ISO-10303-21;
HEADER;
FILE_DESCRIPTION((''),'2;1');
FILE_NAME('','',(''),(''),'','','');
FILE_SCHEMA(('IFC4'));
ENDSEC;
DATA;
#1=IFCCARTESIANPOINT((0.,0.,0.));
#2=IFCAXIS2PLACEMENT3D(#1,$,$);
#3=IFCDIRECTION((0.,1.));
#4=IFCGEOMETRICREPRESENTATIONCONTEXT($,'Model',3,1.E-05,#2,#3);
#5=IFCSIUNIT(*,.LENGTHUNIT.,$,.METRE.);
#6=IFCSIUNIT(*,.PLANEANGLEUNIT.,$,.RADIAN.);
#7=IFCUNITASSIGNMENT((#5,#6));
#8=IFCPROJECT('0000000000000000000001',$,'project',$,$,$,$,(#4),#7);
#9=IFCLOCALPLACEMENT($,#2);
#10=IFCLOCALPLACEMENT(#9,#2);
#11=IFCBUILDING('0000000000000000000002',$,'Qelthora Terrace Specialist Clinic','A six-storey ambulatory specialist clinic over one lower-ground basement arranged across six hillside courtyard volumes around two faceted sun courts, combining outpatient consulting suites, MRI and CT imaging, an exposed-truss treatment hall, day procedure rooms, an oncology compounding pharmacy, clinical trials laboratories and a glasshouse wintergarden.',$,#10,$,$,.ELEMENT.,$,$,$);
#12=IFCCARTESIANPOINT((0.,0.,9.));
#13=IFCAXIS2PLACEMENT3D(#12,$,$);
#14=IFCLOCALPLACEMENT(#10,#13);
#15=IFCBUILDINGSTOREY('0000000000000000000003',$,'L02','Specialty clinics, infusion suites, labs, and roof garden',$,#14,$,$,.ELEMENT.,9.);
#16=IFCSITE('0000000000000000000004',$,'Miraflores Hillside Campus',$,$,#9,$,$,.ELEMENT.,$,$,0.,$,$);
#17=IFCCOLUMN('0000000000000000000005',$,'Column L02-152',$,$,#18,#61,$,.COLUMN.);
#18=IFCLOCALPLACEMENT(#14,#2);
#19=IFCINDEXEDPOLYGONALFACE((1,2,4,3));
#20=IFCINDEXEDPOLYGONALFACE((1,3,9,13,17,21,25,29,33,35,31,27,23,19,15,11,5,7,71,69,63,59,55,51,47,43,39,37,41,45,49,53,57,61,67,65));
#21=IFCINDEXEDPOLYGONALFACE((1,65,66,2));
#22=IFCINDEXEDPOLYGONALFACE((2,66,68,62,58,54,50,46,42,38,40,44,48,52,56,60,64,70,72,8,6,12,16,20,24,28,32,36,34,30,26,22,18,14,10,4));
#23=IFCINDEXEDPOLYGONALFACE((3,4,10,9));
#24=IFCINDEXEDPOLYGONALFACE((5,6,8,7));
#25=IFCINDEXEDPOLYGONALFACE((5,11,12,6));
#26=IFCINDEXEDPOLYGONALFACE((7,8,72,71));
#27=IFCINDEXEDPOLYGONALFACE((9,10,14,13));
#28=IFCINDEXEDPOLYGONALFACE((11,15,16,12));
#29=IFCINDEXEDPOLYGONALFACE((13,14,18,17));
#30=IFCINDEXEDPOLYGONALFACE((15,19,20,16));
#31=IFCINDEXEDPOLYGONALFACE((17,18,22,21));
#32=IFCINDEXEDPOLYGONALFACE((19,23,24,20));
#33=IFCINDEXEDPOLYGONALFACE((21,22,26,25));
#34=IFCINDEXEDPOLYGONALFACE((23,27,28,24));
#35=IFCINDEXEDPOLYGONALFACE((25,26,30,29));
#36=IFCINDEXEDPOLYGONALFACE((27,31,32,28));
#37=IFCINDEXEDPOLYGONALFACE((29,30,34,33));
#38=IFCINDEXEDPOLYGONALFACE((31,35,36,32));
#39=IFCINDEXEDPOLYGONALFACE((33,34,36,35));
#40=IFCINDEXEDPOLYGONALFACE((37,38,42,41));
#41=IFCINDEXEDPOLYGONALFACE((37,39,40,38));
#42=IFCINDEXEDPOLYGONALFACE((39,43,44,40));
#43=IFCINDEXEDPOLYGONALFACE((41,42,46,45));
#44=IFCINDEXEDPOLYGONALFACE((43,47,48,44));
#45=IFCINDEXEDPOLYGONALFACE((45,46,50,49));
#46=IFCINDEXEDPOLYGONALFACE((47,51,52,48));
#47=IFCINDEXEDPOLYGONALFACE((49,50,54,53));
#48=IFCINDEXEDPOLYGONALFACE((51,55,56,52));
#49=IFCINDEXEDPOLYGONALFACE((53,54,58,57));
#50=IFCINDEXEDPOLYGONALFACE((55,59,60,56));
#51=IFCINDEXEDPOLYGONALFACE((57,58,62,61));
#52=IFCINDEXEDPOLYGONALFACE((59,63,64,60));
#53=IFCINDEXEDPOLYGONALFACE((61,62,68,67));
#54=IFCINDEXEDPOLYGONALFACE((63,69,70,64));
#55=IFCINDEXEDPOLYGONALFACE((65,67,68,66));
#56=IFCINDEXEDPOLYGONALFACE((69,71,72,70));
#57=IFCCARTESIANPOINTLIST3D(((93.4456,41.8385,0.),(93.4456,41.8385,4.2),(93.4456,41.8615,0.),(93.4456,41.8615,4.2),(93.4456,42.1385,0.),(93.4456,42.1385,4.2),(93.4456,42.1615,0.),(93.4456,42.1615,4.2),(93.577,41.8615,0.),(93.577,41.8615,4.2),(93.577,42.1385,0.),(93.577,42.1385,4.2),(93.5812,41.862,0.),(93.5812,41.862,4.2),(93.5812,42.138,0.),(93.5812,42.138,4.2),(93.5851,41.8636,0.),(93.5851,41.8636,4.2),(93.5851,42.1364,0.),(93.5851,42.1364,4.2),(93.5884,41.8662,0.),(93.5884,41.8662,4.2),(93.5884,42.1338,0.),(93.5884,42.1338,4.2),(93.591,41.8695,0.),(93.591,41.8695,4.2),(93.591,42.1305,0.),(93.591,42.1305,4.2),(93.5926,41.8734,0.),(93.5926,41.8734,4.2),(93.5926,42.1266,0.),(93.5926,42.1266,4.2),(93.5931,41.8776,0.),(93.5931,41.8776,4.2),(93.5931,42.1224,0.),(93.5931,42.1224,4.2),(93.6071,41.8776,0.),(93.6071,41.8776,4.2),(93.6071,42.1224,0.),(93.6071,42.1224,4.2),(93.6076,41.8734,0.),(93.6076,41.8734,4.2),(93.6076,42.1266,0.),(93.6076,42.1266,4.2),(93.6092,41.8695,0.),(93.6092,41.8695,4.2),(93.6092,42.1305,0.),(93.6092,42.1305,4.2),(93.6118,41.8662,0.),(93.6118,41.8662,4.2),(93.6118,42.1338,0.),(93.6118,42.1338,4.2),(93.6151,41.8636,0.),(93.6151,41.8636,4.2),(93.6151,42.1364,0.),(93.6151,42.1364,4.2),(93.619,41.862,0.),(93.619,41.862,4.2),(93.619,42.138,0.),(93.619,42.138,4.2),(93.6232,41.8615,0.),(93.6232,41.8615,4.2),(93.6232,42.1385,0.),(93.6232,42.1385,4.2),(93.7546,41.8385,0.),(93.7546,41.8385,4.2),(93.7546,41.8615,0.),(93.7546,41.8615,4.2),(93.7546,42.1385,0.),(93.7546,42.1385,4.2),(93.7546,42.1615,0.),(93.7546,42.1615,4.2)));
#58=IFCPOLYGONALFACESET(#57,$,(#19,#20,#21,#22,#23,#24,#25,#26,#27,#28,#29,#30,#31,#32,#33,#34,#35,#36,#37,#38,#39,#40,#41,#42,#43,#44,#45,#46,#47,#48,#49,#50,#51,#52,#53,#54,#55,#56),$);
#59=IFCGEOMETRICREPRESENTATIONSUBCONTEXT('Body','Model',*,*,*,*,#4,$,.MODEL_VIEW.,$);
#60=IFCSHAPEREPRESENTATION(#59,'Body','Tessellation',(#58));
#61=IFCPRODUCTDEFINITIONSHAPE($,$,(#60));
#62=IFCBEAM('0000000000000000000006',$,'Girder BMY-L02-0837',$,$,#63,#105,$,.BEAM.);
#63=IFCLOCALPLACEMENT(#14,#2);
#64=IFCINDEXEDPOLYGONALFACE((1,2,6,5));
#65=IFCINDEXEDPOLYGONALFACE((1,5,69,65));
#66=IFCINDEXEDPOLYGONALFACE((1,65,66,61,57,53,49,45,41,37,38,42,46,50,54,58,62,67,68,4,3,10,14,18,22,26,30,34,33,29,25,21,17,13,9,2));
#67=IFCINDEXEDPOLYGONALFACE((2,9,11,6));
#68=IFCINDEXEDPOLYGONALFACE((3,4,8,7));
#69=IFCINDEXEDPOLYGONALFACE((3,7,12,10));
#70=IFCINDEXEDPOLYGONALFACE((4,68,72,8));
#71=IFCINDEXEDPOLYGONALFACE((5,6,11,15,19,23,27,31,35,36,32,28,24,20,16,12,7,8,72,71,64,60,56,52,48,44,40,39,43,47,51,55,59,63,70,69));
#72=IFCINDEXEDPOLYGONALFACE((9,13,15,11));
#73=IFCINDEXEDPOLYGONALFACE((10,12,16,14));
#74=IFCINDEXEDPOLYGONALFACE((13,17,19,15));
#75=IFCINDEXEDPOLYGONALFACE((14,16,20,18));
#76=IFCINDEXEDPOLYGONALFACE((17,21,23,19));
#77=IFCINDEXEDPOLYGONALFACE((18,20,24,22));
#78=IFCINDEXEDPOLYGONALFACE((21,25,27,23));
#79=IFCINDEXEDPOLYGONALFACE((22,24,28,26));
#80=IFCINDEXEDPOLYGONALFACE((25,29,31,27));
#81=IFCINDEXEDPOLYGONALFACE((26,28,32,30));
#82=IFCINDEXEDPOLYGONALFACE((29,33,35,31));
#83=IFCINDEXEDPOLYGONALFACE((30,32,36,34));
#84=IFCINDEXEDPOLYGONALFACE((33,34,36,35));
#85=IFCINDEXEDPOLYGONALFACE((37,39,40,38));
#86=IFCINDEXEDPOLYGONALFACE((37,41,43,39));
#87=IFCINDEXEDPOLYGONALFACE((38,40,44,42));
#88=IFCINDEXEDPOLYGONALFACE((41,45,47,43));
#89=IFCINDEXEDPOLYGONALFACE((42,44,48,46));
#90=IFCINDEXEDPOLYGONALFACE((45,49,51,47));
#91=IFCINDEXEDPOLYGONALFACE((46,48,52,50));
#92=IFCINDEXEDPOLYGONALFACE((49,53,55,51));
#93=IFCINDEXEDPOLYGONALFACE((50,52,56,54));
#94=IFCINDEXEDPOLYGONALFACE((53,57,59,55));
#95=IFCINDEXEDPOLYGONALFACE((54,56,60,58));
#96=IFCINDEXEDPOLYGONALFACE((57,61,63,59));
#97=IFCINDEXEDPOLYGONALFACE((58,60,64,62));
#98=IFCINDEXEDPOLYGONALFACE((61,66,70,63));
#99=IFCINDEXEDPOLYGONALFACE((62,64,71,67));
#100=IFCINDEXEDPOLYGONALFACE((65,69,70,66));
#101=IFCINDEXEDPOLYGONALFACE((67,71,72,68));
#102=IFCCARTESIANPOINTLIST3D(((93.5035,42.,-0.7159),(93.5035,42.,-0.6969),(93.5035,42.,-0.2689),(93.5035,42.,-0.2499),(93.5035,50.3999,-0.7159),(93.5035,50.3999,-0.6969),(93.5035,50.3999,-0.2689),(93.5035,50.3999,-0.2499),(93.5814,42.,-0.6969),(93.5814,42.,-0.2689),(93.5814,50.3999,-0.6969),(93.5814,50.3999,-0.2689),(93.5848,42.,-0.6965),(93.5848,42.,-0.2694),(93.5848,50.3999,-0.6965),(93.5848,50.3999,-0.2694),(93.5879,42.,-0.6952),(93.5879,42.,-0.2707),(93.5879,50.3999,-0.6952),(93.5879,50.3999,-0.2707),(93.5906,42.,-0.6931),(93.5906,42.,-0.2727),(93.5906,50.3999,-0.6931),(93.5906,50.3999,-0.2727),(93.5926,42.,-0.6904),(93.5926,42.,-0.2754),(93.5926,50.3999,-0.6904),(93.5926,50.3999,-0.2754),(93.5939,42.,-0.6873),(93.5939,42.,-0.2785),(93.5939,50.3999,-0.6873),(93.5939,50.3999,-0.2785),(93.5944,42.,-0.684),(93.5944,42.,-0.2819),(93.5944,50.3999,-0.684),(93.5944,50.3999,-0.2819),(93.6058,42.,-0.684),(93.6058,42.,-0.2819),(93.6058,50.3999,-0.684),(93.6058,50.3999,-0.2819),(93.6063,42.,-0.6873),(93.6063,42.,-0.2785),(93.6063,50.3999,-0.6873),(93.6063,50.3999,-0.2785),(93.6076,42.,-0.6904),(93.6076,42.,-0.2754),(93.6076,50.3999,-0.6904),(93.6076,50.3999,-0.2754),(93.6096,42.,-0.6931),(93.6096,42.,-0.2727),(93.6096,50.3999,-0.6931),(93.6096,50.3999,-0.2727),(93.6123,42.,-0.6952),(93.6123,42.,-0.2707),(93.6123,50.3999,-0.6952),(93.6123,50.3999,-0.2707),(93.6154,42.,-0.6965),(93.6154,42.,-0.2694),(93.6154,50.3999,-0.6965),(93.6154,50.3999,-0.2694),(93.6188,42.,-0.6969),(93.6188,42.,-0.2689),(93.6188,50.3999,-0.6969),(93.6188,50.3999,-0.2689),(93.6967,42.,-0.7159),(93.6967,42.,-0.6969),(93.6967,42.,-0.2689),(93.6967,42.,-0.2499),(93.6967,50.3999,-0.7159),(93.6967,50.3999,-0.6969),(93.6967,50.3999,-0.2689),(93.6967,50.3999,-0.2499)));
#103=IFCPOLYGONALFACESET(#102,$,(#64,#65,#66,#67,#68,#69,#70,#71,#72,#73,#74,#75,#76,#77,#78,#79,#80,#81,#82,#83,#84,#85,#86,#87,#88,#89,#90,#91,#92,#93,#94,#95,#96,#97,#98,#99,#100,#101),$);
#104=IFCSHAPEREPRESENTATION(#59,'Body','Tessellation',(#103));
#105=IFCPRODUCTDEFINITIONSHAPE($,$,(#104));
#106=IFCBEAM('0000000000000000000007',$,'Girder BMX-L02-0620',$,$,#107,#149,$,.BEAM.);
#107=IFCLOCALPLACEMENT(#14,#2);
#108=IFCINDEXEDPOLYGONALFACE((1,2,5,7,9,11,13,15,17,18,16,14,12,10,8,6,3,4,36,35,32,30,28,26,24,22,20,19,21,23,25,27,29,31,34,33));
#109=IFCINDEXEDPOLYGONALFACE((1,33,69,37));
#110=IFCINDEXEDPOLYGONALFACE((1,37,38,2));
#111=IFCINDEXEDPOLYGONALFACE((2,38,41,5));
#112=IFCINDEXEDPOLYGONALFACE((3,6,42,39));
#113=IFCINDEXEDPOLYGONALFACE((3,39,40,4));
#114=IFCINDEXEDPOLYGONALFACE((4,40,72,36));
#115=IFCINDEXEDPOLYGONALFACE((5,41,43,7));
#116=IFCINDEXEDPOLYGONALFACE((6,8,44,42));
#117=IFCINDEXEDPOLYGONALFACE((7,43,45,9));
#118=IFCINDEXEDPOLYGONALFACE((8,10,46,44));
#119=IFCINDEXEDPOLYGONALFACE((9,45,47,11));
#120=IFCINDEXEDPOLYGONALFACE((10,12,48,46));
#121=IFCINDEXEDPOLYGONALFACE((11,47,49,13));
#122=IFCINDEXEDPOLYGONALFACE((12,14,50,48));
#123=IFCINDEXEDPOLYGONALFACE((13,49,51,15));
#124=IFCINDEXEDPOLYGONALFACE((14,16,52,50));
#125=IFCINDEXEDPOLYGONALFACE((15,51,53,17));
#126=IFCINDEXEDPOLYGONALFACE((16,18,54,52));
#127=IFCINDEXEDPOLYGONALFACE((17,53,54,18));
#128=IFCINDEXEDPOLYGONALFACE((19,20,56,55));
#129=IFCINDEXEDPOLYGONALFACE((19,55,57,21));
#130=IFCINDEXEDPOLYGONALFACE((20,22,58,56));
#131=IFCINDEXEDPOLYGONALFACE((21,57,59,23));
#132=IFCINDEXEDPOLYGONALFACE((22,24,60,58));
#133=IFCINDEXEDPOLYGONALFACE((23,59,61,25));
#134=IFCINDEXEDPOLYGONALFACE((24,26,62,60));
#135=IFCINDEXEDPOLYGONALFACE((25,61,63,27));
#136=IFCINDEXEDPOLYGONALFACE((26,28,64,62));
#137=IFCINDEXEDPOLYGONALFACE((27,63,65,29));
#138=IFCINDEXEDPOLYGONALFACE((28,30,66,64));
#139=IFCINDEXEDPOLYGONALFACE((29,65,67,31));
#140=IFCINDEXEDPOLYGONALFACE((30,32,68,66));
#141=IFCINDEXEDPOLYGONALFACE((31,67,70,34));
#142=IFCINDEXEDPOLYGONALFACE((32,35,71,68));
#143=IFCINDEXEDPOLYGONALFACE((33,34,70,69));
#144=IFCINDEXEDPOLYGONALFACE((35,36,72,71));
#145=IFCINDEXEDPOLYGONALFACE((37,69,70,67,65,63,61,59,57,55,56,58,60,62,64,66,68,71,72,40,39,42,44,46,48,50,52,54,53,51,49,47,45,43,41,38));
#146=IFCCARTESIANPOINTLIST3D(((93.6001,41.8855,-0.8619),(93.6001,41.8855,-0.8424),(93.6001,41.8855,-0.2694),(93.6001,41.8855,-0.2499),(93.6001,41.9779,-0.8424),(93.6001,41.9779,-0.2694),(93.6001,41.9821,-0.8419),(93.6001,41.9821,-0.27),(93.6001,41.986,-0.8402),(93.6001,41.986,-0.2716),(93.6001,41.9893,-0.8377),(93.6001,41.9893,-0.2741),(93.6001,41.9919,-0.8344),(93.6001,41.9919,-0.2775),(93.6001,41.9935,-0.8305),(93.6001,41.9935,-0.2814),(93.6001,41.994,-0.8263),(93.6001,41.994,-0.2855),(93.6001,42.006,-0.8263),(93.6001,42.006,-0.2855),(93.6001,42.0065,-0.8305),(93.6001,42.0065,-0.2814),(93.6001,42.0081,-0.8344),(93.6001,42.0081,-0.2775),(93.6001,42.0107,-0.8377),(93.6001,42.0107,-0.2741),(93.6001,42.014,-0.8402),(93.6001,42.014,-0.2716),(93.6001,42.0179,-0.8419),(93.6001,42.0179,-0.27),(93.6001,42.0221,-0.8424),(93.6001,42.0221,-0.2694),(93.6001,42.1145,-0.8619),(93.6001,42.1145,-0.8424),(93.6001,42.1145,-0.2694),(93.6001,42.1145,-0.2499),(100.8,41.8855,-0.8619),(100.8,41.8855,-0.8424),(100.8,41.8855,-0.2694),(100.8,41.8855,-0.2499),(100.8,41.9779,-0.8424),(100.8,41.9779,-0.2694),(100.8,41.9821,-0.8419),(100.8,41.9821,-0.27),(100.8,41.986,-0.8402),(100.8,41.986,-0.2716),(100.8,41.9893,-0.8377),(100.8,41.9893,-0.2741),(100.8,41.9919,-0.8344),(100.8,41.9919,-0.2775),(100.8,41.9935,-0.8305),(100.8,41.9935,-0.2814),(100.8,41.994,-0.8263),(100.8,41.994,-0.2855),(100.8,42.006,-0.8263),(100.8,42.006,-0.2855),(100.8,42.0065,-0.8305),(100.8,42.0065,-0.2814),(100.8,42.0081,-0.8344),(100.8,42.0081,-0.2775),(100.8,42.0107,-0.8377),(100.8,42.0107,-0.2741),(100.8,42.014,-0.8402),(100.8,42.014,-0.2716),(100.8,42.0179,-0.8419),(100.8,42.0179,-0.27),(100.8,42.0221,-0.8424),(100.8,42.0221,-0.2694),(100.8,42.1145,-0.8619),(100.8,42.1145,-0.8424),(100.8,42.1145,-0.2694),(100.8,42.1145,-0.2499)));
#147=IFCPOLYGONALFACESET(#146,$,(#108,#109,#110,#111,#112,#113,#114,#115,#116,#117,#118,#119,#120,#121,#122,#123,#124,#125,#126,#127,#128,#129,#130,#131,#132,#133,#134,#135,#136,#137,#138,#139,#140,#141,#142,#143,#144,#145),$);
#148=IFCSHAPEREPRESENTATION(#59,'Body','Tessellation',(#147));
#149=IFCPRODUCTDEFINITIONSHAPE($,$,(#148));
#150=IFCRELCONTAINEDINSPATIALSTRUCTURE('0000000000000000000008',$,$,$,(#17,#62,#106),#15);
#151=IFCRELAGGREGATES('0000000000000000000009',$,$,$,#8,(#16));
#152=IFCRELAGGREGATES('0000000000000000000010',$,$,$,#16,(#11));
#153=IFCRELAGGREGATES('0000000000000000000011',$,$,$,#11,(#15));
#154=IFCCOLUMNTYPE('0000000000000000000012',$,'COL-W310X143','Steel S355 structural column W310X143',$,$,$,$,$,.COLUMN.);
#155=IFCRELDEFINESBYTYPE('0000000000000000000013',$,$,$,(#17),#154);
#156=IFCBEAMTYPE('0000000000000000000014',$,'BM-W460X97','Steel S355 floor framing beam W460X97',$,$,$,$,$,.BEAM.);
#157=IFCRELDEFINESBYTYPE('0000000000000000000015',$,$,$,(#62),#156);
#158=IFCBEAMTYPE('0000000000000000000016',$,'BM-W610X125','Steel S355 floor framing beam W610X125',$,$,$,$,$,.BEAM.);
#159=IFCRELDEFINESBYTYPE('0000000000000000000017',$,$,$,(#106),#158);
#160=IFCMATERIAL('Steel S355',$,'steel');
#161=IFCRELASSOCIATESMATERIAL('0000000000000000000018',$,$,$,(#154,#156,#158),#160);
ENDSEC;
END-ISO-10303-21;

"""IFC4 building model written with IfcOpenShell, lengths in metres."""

from ifc_helpers import new_model, si_unit, direction, frame, origin, origin_2d, place, context, subcontext, project, spatial, i_section, extrude, material, material_profile, profile_set, type_object, element, save


model = new_model("IFC4")

# Units and contexts
model_context = context("Model", 3, precision=1e-05, world=origin(), true_north=direction((0.0, 1.0)))
body_context = subcontext(model_context, "Body", "Model", "MODEL_VIEW")
ifc_project = project(units=[si_unit("LENGTHUNIT", "METRE"), si_unit("PLANEANGLEUNIT", "RADIAN")], contexts=[model_context])

# Site, building, storey
site_placement = place(None, origin())
site = spatial("IfcSite", under=ifc_project, at=site_placement, Name="Miraflores Hillside Campus", CompositionType="ELEMENT", RefElevation=0.0)
building_placement = place(site_placement, origin())
building = spatial("IfcBuilding", under=site, at=building_placement, Name="Qelthora Terrace Specialist Clinic", Description="A six-storey ambulatory specialist clinic over one lower-ground basement arranged across six hillside courtyard volumes around two faceted sun courts, combining outpatient consulting suites, MRI and CT imaging, an exposed-truss treatment hall, day procedure rooms, an oncology compounding pharmacy, clinical trials laboratories and a glasshouse wintergarden.", CompositionType="ELEMENT")
storey_placement = place(building_placement, frame((0.0, 0.0, 9.0)))
storey = spatial("IfcBuildingStorey", under=building, at=storey_placement, Name="L02", Description="Specialty clinics, infusion suites, labs, and roof garden", CompositionType="ELEMENT", Elevation=9.0)

# Column
ifc_material_1 = material(Name="Steel S355", Category="steel")
ifc_material_profile_1 = material_profile(ifc_material_1, i_section(OverallWidth=0.3091, OverallDepth=0.323, WebThickness=0.0139, FlangeThickness=0.0229, FilletRadius=0.0161, at=origin_2d()), Name="W310X143")
ifc_profile_set_1 = profile_set([ifc_material_profile_1], Name="Steel S355")
column_type = type_object("IfcColumnType", Name="COL-W310X143", Description="Steel S355 structural column W310X143", PredefinedType="COLUMN", material=ifc_profile_set_1)
column_placement = place(storey_placement, frame((93.6001, 42.0, 0.0), z_axis=(0.0, 0.0, 1.0), x_axis=(1.0, 0.0, 0.0)))
element("IfcColumn", 1, at=column_placement, inside=storey, type_object=column_type, Name="Column L02-152", PredefinedType="COLUMN", context=body_context, shape_type="SweptSolid", body=[
    extrude(i_section(OverallWidth=0.3091, OverallDepth=0.323, WebThickness=0.0139, FlangeThickness=0.0229, FilletRadius=0.0161, at=origin_2d()), origin(), (0.0, 0.0, 1.0), 4.2),
])

# Beams
ifc_material_profile_2 = material_profile(ifc_material_1, i_section(OverallWidth=0.1931, OverallDepth=0.4661, WebThickness=0.0115, FlangeThickness=0.019, FilletRadius=0.0129, at=origin_2d()), Name="W460X97")
ifc_profile_set_2 = profile_set([ifc_material_profile_2], Name="Steel S355")
beam_type_1 = type_object("IfcBeamType", Name="BM-W460X97", Description="Steel S355 floor framing beam W460X97", PredefinedType="BEAM", material=ifc_profile_set_2)
beam_1_placement = place(storey_placement, frame((93.6001, 42.0, -0.4829), z_axis=(0.0, 1.0, 0.0), x_axis=(-1.0, 0.0, 0.0)))
element("IfcBeam", 2, at=beam_1_placement, inside=storey, type_object=beam_type_1, Name="Girder BMY-L02-0837", PredefinedType="BEAM", context=body_context, shape_type="SweptSolid", body=[
    extrude(i_section(OverallWidth=0.1931, OverallDepth=0.4661, WebThickness=0.0115, FlangeThickness=0.019, FilletRadius=0.0129, at=origin_2d()), origin(), (0.0, 0.0, 1.0), 8.3999),
])
ifc_material_profile_3 = material_profile(ifc_material_1, i_section(OverallWidth=0.229, OverallDepth=0.6121, WebThickness=0.012, FlangeThickness=0.0195, FilletRadius=0.0161, at=origin_2d()), Name="W610X125")
ifc_profile_set_3 = profile_set([ifc_material_profile_3], Name="Steel S355")
beam_type_2 = type_object("IfcBeamType", Name="BM-W610X125", Description="Steel S355 floor framing beam W610X125", PredefinedType="BEAM", material=ifc_profile_set_3)
beam_2_placement = place(storey_placement, frame((93.6001, 42.0, -0.5559), z_axis=(1.0, 0.0, 0.0), x_axis=(0.0, 1.0, 0.0)))
element("IfcBeam", 3, at=beam_2_placement, inside=storey, type_object=beam_type_2, Name="Girder BMX-L02-0620", PredefinedType="BEAM", context=body_context, shape_type="SweptSolid", body=[
    extrude(i_section(OverallWidth=0.229, OverallDepth=0.6121, WebThickness=0.012, FlangeThickness=0.0195, FilletRadius=0.0161, at=origin_2d()), origin(), (0.0, 0.0, 1.0), 7.2),
])

save(model, "model.ifc")
